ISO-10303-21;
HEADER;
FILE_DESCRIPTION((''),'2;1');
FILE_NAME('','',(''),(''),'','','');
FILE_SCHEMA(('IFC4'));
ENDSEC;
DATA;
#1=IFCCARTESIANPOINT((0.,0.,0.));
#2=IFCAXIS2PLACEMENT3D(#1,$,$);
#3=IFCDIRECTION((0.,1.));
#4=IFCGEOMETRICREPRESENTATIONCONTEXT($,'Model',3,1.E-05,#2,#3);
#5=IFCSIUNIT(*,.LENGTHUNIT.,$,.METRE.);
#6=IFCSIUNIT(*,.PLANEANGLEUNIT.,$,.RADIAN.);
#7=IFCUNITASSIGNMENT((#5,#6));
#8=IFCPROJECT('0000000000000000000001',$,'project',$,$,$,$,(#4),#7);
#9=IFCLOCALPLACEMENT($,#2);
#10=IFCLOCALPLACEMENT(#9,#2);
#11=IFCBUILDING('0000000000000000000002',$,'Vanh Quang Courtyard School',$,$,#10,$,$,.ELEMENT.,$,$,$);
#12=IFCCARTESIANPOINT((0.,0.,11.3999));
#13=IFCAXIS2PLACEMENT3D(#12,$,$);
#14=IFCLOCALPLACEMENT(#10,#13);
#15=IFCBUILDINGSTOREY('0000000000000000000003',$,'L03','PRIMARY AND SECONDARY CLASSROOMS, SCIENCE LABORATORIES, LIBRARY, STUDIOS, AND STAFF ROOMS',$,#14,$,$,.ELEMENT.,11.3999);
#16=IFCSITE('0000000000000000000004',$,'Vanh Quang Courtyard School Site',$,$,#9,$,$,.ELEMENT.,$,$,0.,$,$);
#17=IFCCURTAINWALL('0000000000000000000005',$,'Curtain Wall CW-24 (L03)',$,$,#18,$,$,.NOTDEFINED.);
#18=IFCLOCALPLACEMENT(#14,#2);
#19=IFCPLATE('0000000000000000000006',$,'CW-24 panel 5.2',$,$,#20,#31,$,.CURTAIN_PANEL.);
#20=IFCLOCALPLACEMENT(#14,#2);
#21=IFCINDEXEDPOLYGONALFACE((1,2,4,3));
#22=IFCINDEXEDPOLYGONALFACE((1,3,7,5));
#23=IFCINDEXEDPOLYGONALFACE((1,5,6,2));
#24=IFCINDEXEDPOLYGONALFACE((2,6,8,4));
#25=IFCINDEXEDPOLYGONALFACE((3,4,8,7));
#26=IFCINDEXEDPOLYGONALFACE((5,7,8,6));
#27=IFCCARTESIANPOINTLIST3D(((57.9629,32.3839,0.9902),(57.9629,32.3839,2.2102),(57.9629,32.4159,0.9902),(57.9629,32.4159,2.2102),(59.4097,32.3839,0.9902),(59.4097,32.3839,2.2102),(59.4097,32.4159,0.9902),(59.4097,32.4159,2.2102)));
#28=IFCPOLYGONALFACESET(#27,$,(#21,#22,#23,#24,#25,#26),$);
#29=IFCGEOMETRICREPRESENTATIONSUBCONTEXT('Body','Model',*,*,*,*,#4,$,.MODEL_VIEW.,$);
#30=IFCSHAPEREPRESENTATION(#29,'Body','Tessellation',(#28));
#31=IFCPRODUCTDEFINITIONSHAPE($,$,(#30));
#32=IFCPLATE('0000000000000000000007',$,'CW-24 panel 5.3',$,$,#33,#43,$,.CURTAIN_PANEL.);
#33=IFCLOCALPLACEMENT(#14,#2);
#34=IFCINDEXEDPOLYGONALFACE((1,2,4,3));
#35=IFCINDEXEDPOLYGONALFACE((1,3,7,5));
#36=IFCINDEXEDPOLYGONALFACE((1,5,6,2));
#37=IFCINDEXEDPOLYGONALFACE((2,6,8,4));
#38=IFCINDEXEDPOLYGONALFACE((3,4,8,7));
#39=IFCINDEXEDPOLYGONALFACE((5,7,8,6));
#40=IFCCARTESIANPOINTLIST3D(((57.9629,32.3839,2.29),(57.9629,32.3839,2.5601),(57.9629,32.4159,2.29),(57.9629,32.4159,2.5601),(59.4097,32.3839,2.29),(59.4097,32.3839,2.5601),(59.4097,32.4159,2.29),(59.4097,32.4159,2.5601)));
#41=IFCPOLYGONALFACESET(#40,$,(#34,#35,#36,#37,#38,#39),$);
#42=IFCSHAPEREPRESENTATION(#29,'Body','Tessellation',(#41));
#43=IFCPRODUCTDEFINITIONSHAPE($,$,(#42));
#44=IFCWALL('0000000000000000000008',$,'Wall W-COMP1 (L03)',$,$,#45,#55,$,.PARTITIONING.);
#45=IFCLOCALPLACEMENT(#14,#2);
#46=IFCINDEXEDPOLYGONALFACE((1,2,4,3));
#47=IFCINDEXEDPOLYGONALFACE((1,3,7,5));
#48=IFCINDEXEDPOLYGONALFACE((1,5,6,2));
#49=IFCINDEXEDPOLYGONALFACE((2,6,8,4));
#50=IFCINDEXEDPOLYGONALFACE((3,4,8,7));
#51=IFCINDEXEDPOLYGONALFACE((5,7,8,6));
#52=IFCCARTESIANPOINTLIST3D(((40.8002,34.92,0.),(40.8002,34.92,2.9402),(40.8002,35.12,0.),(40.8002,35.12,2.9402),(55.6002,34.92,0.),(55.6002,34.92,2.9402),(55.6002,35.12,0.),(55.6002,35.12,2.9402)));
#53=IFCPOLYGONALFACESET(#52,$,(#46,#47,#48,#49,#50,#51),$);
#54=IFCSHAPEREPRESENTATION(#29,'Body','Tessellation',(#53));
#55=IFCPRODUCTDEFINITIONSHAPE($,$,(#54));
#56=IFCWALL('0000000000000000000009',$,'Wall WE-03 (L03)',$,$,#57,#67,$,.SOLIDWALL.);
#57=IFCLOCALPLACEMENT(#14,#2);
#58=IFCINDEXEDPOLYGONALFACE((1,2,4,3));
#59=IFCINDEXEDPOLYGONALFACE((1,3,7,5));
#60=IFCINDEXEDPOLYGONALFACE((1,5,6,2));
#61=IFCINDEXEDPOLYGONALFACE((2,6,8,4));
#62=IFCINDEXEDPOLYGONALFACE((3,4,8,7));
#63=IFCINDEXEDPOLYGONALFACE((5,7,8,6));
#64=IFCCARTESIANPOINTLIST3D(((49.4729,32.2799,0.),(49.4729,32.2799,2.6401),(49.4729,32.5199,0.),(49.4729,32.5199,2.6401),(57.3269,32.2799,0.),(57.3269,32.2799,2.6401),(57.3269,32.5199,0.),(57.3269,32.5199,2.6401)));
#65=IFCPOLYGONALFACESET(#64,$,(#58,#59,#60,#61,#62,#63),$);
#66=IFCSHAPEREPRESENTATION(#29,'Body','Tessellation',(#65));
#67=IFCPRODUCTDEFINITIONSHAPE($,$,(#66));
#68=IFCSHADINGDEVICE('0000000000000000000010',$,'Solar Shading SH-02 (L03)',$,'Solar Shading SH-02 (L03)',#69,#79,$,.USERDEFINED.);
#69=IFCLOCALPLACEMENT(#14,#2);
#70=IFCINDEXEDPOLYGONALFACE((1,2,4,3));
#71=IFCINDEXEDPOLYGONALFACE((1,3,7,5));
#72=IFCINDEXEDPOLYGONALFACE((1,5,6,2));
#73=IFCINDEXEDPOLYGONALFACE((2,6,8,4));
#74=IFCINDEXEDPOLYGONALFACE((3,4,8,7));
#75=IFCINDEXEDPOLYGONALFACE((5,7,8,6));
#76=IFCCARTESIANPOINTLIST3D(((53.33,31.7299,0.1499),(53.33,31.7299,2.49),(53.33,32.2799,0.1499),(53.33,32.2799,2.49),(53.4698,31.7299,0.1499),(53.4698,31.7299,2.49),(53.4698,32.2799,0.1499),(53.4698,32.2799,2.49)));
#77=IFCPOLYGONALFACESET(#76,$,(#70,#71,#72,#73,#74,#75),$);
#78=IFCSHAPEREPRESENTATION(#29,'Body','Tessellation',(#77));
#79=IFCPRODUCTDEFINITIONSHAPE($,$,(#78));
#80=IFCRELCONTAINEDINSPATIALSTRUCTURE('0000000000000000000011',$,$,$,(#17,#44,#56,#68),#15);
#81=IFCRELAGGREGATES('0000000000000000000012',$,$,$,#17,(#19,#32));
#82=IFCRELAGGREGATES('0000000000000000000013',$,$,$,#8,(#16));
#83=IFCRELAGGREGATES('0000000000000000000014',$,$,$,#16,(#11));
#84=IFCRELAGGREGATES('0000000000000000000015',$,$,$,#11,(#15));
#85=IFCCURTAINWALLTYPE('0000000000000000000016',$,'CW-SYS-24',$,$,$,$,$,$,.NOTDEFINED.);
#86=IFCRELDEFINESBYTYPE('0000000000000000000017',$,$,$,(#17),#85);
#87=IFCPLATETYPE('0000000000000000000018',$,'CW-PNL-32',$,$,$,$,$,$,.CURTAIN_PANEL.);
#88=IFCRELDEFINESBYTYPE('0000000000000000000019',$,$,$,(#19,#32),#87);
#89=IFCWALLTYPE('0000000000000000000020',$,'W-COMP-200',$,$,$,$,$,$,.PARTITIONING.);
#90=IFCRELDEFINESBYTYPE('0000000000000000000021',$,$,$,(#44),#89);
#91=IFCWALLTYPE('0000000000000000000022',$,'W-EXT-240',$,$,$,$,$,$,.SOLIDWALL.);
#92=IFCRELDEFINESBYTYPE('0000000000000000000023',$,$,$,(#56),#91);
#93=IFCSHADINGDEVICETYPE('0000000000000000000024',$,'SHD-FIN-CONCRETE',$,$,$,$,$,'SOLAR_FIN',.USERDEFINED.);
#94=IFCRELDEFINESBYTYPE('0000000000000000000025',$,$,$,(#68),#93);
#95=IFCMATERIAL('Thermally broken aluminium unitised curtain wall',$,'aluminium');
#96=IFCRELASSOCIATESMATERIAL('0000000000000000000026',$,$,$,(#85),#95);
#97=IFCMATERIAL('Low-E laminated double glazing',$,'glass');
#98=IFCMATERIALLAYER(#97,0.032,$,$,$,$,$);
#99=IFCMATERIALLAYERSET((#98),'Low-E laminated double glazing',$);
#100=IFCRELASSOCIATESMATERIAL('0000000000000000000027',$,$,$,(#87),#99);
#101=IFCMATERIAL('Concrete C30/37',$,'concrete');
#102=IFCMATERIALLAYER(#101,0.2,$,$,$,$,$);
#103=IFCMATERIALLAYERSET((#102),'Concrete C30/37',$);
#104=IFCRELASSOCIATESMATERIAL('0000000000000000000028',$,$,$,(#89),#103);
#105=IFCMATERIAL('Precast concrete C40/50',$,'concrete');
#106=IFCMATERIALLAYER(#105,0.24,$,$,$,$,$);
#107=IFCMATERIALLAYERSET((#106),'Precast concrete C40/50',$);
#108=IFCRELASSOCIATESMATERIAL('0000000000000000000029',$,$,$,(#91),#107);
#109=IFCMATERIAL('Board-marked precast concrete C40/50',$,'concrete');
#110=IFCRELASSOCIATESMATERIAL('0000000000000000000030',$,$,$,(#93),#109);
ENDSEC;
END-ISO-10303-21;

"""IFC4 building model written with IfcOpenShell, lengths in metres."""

from ifc_helpers import new_model, si_unit, direction, frame, frame_2d, origin, origin_2d, place, context, subcontext, project, spatial, rectangle, extrude, material, layer, layer_set, type_object, element, aggregate, save


model = new_model("IFC4")

# Units and contexts
model_context = context("Model", 3, precision=1e-05, world=origin(), true_north=direction((0.0, 1.0)))
body_context = subcontext(model_context, "Body", "Model", "MODEL_VIEW")
ifc_project = project(units=[si_unit("LENGTHUNIT", "METRE"), si_unit("PLANEANGLEUNIT", "RADIAN")], contexts=[model_context])

# Site, building, storey
site_placement = place(None, origin())
site = spatial("IfcSite", under=ifc_project, at=site_placement, Name="Vanh Quang Courtyard School Site", CompositionType="ELEMENT", RefElevation=0.0)
building_placement = place(site_placement, origin())
building = spatial("IfcBuilding", under=site, at=building_placement, Name="Vanh Quang Courtyard School", CompositionType="ELEMENT")
storey_placement = place(building_placement, frame((0.0, 0.0, 11.3999)))
storey = spatial("IfcBuildingStorey", under=building, at=storey_placement, Name="L03", Description="PRIMARY AND SECONDARY CLASSROOMS, SCIENCE LABORATORIES, LIBRARY, STUDIOS, AND STAFF ROOMS", CompositionType="ELEMENT", Elevation=11.3999)

# Shared definitions
ifc_material_1 = material(Name="Thermally broken aluminium unitised curtain wall", Category="aluminium")
curtain_wall_type = type_object("IfcCurtainWallType", Name="CW-SYS-24", PredefinedType="NOTDEFINED", material=ifc_material_1)

# Curtain wall
curtain_wall_1_placement = place(storey_placement, origin())
curtain_wall_1 = element("IfcCurtainWall", 1, at=curtain_wall_1_placement, inside=storey, type_object=curtain_wall_type, Name="Curtain Wall CW-24 (L03)", PredefinedType="NOTDEFINED")

# Plates
ifc_material_2 = material(Name="Low-E laminated double glazing", Category="glass")
ifc_layer_1 = layer(ifc_material_2, 0.032)
ifc_layer_set_1 = layer_set([ifc_layer_1], Name="Low-E laminated double glazing")
plate_type = type_object("IfcPlateType", Name="CW-PNL-32", PredefinedType="CURTAIN_PANEL", material=ifc_layer_set_1)
plate_1_placement = place(storey_placement, frame((58.6863, 32.3999, 0.9902), z_axis=(0.0, 0.0, 1.0), x_axis=(-1.0, 0.0, 0.0)))
plate_1 = element("IfcPlate", 2, at=plate_1_placement, type_object=plate_type, Name="CW-24 panel 5.2", PredefinedType="CURTAIN_PANEL", context=body_context, shape_type="SweptSolid", body=[
    extrude(rectangle(XDim=1.4468, YDim=0.032, at=origin_2d()), origin(), (0.0, 0.0, 1.0), 1.22),
])
plate_2_placement = place(storey_placement, frame((58.6863, 32.3999, 2.29), z_axis=(0.0, 0.0, 1.0), x_axis=(-1.0, 0.0, 0.0)))
plate_2 = element("IfcPlate", 3, at=plate_2_placement, type_object=plate_type, Name="CW-24 panel 5.3", PredefinedType="CURTAIN_PANEL", context=body_context, shape_type="SweptSolid", body=[
    extrude(rectangle(XDim=1.4468, YDim=0.032, at=origin_2d()), origin(), (0.0, 0.0, 1.0), 0.27),
])
aggregate(curtain_wall_1, [plate_1, plate_2])

# Walls
ifc_material_3 = material(Name="Concrete C30/37", Category="concrete")
ifc_layer_2 = layer(ifc_material_3, 0.2)
ifc_layer_set_2 = layer_set([ifc_layer_2], Name="Concrete C30/37")
wall_type_1 = type_object("IfcWallType", Name="W-COMP-200", PredefinedType="PARTITIONING", material=ifc_layer_set_2)
wall_1_placement = place(storey_placement, frame((55.6001, 35.02, 0.0), z_axis=(0.0, 0.0, 1.0), x_axis=(-1.0, 0.0, 0.0)))
element("IfcWall", 4, at=wall_1_placement, inside=storey, type_object=wall_type_1, Name="Wall W-COMP1 (L03)", PredefinedType="PARTITIONING", context=body_context, shape_type="SweptSolid", body=[
    extrude(rectangle(XDim=14.8, YDim=0.2, at=frame_2d((7.3999, 0.0))), origin(), (0.0, 0.0, 1.0), 2.9402),
])
ifc_material_4 = material(Name="Precast concrete C40/50", Category="concrete")
ifc_layer_3 = layer(ifc_material_4, 0.24)
ifc_layer_set_3 = layer_set([ifc_layer_3], Name="Precast concrete C40/50")
wall_type_2 = type_object("IfcWallType", Name="W-EXT-240", PredefinedType="SOLIDWALL", material=ifc_layer_set_3)
wall_2_placement = place(storey_placement, frame((57.3269, 32.3999, 0.0), z_axis=(0.0, 0.0, 1.0), x_axis=(-1.0, 0.0, 0.0)))
element("IfcWall", 5, at=wall_2_placement, inside=storey, type_object=wall_type_2, Name="Wall WE-03 (L03)", PredefinedType="SOLIDWALL", context=body_context, shape_type="SweptSolid", body=[
    extrude(rectangle(XDim=7.854, YDim=0.24, at=frame_2d((3.927, 0.0))), origin(), (0.0, 0.0, 1.0), 2.6401),
])

# Shading device
ifc_material_5 = material(Name="Board-marked precast concrete C40/50", Category="concrete")
shading_device_type = type_object("IfcShadingDeviceType", Name="SHD-FIN-CONCRETE", ElementType="SOLAR_FIN", PredefinedType="USERDEFINED", material=ifc_material_5)
shading_device_placement = place(storey_placement, frame((53.3999, 32.0049, 0.1499), z_axis=(0.0, 0.0, 1.0), x_axis=(-1.0, 0.0, 0.0)))
element("IfcShadingDevice", 6, at=shading_device_placement, inside=storey, type_object=shading_device_type, Name="Solar Shading SH-02 (L03)", ObjectType="Solar Shading SH-02 (L03)", PredefinedType="USERDEFINED", context=body_context, shape_type="SweptSolid", body=[
    extrude(rectangle(XDim=0.1399, YDim=0.55, at=origin_2d()), origin(), (0.0, 0.0, 1.0), 2.3401),
])

save(model, "model.ifc")
